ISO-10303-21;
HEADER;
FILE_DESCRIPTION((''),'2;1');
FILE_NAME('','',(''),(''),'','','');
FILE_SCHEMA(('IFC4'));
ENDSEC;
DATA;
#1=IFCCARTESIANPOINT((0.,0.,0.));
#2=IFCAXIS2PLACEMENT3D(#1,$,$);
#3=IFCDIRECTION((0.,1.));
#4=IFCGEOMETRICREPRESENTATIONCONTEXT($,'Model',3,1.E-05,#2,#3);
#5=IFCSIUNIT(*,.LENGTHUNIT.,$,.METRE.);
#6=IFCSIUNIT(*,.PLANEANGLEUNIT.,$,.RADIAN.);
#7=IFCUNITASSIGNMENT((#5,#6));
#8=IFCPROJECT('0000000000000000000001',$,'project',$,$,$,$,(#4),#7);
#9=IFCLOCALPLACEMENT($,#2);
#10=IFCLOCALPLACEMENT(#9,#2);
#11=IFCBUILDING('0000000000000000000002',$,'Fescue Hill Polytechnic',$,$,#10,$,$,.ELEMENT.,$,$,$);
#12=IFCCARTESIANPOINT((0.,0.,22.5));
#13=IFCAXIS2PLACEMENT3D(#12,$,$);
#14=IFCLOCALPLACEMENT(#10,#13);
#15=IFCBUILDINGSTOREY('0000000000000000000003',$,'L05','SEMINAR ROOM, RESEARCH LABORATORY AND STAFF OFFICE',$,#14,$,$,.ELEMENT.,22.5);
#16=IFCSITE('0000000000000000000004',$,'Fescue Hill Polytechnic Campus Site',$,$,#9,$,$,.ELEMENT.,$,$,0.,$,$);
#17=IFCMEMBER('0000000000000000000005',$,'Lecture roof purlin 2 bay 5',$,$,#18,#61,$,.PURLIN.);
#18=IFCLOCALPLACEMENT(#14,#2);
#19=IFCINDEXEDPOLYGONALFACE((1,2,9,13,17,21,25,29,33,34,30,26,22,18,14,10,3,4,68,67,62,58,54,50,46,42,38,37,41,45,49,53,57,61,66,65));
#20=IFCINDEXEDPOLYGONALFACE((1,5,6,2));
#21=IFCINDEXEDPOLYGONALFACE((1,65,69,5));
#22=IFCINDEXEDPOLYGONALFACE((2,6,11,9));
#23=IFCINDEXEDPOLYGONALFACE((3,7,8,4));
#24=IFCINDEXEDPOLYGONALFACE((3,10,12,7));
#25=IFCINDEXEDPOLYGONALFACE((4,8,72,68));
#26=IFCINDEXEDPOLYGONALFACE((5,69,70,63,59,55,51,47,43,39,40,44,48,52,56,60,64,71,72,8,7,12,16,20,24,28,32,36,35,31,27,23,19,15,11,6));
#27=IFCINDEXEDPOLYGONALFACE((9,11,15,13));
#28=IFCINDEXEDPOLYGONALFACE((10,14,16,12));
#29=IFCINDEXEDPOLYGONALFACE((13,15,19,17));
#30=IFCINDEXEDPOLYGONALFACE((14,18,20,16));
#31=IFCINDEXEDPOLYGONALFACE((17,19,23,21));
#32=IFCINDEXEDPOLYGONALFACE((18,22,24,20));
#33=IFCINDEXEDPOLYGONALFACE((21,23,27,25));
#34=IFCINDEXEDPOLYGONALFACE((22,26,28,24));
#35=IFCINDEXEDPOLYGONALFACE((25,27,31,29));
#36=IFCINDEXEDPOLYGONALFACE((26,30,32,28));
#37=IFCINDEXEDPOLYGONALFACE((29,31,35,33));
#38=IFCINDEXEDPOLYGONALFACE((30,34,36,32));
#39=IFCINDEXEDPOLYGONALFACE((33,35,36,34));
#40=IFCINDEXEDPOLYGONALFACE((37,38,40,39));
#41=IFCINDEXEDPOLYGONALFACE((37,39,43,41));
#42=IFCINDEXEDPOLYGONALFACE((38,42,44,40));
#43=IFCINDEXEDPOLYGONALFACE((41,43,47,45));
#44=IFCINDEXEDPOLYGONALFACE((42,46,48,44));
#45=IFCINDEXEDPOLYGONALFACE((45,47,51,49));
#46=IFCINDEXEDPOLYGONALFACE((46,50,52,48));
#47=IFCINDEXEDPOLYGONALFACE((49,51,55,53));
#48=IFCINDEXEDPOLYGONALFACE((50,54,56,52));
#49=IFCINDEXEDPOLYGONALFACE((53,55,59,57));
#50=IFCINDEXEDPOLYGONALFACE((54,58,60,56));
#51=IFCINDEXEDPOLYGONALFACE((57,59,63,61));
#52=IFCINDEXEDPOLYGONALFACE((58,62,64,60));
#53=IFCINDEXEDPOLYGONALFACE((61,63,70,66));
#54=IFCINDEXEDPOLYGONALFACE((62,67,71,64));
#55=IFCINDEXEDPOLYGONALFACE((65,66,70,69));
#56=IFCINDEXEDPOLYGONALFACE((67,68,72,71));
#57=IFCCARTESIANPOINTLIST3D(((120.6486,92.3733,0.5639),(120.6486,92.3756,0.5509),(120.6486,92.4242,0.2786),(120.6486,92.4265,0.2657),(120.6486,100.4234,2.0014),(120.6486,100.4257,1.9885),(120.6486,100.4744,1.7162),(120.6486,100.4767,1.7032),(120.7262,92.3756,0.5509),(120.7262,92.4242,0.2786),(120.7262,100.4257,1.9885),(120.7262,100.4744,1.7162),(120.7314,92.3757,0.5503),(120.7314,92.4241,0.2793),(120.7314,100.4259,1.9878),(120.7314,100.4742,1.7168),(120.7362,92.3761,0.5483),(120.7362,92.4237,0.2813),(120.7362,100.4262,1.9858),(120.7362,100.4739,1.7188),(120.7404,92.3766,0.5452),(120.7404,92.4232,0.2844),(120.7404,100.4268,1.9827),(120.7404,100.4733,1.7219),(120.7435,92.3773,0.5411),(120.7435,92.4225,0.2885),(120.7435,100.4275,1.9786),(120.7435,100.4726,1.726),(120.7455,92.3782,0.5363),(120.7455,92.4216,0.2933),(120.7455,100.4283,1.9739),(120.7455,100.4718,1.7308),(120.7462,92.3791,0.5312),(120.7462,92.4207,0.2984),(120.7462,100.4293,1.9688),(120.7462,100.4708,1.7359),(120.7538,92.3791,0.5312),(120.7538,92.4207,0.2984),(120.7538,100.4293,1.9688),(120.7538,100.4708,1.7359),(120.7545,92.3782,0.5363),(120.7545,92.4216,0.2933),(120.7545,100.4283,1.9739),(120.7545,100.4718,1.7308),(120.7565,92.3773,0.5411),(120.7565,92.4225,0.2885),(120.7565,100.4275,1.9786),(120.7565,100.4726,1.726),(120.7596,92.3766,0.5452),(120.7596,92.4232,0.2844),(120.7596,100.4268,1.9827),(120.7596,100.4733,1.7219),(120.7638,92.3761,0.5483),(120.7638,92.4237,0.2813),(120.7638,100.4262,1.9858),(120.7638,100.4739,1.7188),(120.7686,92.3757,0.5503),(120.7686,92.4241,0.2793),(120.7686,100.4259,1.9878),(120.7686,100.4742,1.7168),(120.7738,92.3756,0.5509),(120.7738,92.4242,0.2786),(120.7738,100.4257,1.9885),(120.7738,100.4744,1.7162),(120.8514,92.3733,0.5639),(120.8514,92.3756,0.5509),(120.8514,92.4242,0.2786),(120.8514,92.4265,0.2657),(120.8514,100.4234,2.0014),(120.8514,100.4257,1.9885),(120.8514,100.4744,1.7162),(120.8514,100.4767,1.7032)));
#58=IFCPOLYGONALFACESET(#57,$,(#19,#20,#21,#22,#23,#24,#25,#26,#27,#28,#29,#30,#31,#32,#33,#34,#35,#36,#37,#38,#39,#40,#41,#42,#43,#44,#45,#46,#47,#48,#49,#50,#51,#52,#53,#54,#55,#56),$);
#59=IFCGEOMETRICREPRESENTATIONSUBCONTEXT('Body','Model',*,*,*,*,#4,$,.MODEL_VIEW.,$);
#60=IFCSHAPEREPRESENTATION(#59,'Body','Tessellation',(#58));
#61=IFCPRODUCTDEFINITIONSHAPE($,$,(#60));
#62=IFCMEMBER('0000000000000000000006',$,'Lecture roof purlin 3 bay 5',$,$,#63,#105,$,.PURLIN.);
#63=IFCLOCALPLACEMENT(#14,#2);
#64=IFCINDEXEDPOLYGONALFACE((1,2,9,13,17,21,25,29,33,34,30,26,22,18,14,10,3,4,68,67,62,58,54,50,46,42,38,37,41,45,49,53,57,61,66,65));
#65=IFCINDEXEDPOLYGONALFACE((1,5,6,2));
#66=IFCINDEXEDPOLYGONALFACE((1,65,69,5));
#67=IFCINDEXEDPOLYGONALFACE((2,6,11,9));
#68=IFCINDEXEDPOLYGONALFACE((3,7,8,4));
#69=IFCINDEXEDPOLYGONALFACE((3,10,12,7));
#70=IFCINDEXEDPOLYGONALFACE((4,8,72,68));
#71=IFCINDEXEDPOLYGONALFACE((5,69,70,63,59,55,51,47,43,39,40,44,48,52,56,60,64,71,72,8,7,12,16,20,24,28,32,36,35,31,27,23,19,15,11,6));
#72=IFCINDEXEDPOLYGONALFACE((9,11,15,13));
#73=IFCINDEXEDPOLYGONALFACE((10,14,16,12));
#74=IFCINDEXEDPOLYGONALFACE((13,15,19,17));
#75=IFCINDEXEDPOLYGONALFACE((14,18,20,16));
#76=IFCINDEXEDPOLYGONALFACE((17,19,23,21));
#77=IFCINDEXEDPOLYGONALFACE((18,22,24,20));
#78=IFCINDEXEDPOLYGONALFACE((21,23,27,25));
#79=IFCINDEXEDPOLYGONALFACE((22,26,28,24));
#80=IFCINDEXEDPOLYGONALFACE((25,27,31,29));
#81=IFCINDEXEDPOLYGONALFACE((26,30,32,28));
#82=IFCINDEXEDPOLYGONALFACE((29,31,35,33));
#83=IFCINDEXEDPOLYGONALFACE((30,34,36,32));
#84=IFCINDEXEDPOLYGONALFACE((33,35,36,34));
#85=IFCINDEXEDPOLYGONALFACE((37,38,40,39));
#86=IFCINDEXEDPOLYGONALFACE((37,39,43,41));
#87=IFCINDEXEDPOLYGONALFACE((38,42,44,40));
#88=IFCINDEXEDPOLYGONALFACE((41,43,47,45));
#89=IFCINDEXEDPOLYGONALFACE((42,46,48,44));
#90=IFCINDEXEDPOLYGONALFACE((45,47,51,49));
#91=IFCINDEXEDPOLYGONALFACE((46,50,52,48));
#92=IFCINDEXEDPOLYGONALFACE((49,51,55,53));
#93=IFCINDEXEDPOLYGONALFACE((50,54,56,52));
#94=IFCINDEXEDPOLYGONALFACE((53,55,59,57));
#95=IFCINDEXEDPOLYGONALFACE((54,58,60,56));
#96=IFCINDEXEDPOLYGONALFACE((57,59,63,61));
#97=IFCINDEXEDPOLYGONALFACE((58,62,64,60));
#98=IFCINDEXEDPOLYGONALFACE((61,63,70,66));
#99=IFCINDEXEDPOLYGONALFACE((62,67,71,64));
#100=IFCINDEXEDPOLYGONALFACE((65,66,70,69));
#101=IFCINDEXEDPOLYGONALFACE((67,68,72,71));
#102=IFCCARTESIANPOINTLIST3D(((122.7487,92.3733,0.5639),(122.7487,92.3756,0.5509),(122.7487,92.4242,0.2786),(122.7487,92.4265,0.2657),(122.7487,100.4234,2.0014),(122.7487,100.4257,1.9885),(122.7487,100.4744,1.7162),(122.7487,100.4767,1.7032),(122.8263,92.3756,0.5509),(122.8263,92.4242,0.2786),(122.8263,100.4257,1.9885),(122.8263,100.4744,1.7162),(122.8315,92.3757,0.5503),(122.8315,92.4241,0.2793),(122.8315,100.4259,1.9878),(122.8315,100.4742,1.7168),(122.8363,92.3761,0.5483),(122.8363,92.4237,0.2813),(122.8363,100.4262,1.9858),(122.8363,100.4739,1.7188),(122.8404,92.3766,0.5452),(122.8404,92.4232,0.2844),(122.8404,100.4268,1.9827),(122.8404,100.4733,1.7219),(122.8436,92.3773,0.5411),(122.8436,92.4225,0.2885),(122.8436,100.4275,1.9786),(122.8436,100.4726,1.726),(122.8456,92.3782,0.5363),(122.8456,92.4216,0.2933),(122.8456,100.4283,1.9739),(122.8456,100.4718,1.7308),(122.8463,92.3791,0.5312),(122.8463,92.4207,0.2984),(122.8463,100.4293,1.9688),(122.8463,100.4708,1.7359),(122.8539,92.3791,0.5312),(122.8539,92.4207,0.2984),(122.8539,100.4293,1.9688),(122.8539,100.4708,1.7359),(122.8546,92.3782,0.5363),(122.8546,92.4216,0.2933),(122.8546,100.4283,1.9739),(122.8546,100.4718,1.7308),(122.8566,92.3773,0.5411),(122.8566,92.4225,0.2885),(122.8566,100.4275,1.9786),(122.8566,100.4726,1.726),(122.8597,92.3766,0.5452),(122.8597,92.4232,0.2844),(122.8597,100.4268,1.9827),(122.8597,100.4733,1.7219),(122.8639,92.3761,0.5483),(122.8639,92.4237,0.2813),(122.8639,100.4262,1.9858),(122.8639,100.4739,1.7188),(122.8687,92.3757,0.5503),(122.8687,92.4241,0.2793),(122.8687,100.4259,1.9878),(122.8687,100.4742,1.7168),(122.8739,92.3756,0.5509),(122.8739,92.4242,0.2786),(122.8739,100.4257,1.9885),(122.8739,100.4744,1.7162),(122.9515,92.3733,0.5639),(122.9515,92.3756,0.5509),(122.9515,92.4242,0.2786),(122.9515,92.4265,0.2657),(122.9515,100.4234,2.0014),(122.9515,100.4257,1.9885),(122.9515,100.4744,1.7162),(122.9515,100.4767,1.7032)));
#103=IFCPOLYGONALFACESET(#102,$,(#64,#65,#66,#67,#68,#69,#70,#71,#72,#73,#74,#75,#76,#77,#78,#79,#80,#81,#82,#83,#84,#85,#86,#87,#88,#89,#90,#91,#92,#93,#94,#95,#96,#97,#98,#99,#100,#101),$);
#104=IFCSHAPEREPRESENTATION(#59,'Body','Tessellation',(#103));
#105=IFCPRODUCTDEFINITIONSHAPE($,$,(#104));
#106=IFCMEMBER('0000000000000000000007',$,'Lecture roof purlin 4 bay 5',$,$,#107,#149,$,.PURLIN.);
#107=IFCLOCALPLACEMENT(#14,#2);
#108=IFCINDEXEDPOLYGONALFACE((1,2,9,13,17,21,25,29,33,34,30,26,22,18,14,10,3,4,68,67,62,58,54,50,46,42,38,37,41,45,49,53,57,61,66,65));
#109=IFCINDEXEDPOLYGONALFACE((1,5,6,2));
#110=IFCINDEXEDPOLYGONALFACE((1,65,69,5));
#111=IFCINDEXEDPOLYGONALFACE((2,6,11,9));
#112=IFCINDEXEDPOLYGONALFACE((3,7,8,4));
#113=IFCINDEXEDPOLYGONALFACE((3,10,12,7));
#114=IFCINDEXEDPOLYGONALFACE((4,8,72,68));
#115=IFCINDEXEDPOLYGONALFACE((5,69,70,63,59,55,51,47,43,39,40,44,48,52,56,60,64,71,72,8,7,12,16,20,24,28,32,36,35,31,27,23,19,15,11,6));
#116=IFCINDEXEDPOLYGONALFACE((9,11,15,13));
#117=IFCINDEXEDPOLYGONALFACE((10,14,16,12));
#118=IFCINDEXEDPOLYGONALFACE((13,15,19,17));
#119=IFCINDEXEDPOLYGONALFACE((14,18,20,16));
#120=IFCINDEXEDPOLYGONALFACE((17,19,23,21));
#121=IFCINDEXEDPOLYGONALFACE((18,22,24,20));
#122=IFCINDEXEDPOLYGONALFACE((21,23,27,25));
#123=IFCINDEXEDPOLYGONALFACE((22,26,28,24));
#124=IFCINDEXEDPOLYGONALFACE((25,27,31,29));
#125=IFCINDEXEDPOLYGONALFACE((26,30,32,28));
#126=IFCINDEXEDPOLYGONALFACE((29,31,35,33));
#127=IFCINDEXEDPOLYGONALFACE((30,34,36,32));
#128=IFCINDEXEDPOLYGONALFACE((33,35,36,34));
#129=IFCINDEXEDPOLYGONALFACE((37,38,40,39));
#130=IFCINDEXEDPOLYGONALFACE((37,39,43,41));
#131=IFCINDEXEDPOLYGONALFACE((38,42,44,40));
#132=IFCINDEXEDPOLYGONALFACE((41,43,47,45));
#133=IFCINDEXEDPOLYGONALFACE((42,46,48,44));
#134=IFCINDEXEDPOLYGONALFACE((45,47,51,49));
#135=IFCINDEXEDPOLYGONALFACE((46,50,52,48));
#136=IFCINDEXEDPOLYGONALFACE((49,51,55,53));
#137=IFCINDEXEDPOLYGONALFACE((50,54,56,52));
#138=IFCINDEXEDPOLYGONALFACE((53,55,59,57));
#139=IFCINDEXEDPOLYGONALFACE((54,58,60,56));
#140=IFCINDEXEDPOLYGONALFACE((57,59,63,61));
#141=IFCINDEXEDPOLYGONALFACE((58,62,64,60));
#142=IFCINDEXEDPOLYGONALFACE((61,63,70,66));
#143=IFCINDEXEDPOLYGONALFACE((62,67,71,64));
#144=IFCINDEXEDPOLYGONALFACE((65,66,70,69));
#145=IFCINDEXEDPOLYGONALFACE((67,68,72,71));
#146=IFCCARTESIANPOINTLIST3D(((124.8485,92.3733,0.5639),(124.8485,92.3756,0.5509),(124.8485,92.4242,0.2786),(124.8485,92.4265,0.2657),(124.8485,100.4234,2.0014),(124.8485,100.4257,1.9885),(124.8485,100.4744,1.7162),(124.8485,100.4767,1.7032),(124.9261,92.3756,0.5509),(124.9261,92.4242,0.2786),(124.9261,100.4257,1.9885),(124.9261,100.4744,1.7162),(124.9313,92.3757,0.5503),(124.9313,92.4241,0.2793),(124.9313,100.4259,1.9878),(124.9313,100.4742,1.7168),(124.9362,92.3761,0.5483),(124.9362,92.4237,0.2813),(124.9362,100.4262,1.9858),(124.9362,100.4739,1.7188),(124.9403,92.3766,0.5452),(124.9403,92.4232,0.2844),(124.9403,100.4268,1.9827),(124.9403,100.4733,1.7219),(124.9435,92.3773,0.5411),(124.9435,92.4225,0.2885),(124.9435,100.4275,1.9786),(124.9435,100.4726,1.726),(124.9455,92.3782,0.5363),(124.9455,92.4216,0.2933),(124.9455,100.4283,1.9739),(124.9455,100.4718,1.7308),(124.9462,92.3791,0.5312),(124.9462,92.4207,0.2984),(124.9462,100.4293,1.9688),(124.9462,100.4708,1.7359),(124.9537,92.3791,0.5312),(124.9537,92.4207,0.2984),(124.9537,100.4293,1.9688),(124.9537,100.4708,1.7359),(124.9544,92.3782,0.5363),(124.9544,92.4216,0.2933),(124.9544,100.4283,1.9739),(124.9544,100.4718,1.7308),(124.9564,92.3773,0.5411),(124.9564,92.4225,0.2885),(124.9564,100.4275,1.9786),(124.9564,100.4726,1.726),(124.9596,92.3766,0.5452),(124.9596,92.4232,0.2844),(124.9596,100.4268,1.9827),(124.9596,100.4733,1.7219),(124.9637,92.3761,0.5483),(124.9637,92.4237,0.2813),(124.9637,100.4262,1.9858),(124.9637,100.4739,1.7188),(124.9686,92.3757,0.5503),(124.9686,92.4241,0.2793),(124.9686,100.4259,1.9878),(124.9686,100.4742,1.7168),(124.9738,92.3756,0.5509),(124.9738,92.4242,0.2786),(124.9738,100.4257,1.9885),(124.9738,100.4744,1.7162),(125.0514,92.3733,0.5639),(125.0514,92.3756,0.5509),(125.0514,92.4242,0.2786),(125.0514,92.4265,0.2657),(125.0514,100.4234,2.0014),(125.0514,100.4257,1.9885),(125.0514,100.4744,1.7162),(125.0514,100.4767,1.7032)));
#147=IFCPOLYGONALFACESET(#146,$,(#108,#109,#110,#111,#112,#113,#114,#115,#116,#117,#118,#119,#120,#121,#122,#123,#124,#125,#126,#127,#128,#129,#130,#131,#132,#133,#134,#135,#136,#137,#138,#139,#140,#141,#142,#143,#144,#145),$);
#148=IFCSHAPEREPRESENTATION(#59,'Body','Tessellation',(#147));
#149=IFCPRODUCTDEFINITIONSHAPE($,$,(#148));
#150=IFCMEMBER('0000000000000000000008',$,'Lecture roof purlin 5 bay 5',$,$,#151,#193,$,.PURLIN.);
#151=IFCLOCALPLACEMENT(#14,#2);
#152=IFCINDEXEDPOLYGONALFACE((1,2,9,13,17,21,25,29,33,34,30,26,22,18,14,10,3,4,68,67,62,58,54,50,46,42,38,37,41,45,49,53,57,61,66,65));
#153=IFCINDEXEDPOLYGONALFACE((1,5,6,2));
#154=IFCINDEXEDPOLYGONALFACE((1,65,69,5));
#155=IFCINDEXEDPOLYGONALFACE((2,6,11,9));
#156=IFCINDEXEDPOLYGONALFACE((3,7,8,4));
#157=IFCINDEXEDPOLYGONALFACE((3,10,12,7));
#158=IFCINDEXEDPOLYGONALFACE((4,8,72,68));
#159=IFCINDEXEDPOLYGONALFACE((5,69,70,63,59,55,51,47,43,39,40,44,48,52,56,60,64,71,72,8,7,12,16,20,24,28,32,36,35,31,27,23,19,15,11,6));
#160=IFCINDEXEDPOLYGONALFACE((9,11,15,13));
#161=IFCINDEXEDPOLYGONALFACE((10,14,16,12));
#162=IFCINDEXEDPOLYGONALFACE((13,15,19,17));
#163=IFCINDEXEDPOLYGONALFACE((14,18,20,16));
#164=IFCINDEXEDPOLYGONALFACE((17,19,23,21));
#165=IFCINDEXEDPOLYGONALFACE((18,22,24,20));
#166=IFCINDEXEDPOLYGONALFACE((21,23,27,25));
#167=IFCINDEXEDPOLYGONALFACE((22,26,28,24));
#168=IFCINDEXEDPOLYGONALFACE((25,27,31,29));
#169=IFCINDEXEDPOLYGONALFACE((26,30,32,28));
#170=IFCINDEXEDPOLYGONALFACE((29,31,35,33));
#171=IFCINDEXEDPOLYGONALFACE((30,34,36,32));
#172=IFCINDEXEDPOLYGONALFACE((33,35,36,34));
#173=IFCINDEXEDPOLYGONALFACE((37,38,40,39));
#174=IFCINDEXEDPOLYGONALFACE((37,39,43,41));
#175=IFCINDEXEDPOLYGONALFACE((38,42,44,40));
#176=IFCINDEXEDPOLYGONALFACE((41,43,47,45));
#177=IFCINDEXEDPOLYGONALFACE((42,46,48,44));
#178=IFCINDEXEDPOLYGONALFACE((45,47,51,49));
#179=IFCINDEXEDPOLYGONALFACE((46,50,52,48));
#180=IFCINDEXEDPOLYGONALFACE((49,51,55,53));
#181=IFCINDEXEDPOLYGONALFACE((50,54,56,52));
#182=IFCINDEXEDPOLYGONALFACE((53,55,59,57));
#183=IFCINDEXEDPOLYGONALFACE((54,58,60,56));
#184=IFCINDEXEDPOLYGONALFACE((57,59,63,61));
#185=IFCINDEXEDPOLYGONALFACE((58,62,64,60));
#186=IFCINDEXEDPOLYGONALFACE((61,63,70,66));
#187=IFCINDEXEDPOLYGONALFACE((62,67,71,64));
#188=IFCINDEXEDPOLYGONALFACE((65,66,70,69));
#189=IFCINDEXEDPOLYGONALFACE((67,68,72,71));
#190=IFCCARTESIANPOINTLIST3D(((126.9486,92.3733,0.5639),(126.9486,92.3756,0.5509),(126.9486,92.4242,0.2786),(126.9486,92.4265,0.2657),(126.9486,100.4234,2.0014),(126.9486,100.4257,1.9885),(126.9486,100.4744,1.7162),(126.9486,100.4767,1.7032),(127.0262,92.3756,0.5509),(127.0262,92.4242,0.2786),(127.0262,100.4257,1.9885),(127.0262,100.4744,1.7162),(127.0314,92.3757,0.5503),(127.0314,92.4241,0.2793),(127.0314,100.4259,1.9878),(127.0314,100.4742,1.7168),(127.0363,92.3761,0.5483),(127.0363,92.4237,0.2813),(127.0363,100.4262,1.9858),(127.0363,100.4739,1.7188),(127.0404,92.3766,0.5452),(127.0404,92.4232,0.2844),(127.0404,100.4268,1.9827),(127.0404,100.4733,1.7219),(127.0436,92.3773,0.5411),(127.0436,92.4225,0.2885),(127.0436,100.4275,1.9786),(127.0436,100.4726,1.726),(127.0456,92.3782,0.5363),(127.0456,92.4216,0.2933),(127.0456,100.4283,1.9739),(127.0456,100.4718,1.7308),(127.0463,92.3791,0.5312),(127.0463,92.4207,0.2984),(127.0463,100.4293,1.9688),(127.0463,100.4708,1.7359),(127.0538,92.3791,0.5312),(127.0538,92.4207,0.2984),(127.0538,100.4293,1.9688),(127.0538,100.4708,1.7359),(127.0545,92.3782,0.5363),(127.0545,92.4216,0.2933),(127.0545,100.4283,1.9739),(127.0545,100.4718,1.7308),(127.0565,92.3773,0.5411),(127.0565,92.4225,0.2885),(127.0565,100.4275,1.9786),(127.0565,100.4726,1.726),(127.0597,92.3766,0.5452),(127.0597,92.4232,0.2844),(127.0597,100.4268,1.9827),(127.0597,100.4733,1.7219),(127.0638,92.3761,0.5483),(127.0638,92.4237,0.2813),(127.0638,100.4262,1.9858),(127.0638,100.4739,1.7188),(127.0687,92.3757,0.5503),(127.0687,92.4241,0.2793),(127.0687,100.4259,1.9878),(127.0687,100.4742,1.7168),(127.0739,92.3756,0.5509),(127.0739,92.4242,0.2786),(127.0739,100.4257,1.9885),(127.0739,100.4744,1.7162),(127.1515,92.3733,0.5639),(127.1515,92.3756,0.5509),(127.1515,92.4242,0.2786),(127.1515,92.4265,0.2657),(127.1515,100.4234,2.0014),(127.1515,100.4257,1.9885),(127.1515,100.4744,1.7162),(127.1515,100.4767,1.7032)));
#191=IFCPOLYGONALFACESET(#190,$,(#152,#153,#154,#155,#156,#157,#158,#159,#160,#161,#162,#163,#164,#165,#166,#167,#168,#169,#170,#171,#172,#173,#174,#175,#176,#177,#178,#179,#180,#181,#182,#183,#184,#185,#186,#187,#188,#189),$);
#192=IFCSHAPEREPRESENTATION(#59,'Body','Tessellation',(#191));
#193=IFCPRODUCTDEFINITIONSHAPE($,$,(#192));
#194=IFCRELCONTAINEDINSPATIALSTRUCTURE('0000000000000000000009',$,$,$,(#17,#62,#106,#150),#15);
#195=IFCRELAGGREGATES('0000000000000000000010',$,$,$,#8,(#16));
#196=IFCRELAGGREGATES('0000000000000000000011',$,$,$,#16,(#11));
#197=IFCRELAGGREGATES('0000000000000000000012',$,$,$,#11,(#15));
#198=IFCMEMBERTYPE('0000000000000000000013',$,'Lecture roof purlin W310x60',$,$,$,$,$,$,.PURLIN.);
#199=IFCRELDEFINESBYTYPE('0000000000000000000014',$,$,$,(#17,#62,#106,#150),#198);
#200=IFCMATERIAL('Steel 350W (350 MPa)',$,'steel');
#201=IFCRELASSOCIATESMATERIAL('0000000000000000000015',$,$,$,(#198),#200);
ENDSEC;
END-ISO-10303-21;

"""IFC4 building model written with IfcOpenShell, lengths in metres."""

from ifc_helpers import new_model, si_unit, direction, frame, origin, origin_2d, place, context, subcontext, project, spatial, i_section, extrude, material, material_profile, profile_set, type_object, element, save


model = new_model("IFC4")

# Units and contexts
model_context = context("Model", 3, precision=1e-05, world=origin(), true_north=direction((0.0, 1.0)))
body_context = subcontext(model_context, "Body", "Model", "MODEL_VIEW")
ifc_project = project(units=[si_unit("LENGTHUNIT", "METRE"), si_unit("PLANEANGLEUNIT", "RADIAN")], contexts=[model_context])

# Site, building, storey
site_placement = place(None, origin())
site = spatial("IfcSite", under=ifc_project, at=site_placement, Name="Fescue Hill Polytechnic Campus Site", CompositionType="ELEMENT", RefElevation=0.0)
building_placement = place(site_placement, origin())
building = spatial("IfcBuilding", under=site, at=building_placement, Name="Fescue Hill Polytechnic", CompositionType="ELEMENT")
storey_placement = place(building_placement, frame((0.0, 0.0, 22.5)))
storey = spatial("IfcBuildingStorey", under=building, at=storey_placement, Name="L05", Description="SEMINAR ROOM, RESEARCH LABORATORY AND STAFF OFFICE", CompositionType="ELEMENT", Elevation=22.5)

# Shared definitions
ifc_material_1 = material(Name="Steel 350W (350 MPa)", Category="steel")

# Members
ifc_material_profile_1 = material_profile(ifc_material_1, i_section(OverallWidth=0.2029, OverallDepth=0.303, WebThickness=0.0076, FlangeThickness=0.0132, FilletRadius=0.02, at=origin_2d()), Name="W310x60")
ifc_profile_set_1 = profile_set([ifc_material_profile_1], Name="Steel 350W (350 MPa)")
member_type = type_object("IfcMemberType", Name="Lecture roof purlin W310x60", PredefinedType="PURLIN", material=ifc_profile_set_1)
for number, where, z_axis, x_axis, name in (
    (1, (120.75, 92.3999, 0.4148), (0.0, 0.984428, 0.17579), (-1.0, 0.0, 0.0), "Lecture roof purlin 2 bay 5"),
    (2, (122.8501, 92.3999, 0.4148), (0.0, 0.984428, 0.17579), (-1.0, 0.0, 0.0), "Lecture roof purlin 3 bay 5"),
    (3, (124.95, 92.3999, 0.4148), (0.0, 0.984428, 0.17579), (-1.0, 0.0, 0.0), "Lecture roof purlin 4 bay 5"),
    (4, (127.05, 92.3999, 0.4148), (0.0, 0.984428, 0.17579), (-1.0, 0.0, 0.0), "Lecture roof purlin 5 bay 5"),
):
    element("IfcMember", number, at=place(storey_placement, frame(where, z_axis=z_axis, x_axis=x_axis)), inside=storey, type_object=member_type, Name=name, PredefinedType="PURLIN", context=body_context, shape_type="SweptSolid", body=[
        extrude(i_section(OverallWidth=0.2029, OverallDepth=0.303, WebThickness=0.0076, FlangeThickness=0.0132, FilletRadius=0.02, at=origin_2d()), origin(), (0.0, 0.0, 1.0), 8.1775),
    ])

save(model, "model.ifc")
